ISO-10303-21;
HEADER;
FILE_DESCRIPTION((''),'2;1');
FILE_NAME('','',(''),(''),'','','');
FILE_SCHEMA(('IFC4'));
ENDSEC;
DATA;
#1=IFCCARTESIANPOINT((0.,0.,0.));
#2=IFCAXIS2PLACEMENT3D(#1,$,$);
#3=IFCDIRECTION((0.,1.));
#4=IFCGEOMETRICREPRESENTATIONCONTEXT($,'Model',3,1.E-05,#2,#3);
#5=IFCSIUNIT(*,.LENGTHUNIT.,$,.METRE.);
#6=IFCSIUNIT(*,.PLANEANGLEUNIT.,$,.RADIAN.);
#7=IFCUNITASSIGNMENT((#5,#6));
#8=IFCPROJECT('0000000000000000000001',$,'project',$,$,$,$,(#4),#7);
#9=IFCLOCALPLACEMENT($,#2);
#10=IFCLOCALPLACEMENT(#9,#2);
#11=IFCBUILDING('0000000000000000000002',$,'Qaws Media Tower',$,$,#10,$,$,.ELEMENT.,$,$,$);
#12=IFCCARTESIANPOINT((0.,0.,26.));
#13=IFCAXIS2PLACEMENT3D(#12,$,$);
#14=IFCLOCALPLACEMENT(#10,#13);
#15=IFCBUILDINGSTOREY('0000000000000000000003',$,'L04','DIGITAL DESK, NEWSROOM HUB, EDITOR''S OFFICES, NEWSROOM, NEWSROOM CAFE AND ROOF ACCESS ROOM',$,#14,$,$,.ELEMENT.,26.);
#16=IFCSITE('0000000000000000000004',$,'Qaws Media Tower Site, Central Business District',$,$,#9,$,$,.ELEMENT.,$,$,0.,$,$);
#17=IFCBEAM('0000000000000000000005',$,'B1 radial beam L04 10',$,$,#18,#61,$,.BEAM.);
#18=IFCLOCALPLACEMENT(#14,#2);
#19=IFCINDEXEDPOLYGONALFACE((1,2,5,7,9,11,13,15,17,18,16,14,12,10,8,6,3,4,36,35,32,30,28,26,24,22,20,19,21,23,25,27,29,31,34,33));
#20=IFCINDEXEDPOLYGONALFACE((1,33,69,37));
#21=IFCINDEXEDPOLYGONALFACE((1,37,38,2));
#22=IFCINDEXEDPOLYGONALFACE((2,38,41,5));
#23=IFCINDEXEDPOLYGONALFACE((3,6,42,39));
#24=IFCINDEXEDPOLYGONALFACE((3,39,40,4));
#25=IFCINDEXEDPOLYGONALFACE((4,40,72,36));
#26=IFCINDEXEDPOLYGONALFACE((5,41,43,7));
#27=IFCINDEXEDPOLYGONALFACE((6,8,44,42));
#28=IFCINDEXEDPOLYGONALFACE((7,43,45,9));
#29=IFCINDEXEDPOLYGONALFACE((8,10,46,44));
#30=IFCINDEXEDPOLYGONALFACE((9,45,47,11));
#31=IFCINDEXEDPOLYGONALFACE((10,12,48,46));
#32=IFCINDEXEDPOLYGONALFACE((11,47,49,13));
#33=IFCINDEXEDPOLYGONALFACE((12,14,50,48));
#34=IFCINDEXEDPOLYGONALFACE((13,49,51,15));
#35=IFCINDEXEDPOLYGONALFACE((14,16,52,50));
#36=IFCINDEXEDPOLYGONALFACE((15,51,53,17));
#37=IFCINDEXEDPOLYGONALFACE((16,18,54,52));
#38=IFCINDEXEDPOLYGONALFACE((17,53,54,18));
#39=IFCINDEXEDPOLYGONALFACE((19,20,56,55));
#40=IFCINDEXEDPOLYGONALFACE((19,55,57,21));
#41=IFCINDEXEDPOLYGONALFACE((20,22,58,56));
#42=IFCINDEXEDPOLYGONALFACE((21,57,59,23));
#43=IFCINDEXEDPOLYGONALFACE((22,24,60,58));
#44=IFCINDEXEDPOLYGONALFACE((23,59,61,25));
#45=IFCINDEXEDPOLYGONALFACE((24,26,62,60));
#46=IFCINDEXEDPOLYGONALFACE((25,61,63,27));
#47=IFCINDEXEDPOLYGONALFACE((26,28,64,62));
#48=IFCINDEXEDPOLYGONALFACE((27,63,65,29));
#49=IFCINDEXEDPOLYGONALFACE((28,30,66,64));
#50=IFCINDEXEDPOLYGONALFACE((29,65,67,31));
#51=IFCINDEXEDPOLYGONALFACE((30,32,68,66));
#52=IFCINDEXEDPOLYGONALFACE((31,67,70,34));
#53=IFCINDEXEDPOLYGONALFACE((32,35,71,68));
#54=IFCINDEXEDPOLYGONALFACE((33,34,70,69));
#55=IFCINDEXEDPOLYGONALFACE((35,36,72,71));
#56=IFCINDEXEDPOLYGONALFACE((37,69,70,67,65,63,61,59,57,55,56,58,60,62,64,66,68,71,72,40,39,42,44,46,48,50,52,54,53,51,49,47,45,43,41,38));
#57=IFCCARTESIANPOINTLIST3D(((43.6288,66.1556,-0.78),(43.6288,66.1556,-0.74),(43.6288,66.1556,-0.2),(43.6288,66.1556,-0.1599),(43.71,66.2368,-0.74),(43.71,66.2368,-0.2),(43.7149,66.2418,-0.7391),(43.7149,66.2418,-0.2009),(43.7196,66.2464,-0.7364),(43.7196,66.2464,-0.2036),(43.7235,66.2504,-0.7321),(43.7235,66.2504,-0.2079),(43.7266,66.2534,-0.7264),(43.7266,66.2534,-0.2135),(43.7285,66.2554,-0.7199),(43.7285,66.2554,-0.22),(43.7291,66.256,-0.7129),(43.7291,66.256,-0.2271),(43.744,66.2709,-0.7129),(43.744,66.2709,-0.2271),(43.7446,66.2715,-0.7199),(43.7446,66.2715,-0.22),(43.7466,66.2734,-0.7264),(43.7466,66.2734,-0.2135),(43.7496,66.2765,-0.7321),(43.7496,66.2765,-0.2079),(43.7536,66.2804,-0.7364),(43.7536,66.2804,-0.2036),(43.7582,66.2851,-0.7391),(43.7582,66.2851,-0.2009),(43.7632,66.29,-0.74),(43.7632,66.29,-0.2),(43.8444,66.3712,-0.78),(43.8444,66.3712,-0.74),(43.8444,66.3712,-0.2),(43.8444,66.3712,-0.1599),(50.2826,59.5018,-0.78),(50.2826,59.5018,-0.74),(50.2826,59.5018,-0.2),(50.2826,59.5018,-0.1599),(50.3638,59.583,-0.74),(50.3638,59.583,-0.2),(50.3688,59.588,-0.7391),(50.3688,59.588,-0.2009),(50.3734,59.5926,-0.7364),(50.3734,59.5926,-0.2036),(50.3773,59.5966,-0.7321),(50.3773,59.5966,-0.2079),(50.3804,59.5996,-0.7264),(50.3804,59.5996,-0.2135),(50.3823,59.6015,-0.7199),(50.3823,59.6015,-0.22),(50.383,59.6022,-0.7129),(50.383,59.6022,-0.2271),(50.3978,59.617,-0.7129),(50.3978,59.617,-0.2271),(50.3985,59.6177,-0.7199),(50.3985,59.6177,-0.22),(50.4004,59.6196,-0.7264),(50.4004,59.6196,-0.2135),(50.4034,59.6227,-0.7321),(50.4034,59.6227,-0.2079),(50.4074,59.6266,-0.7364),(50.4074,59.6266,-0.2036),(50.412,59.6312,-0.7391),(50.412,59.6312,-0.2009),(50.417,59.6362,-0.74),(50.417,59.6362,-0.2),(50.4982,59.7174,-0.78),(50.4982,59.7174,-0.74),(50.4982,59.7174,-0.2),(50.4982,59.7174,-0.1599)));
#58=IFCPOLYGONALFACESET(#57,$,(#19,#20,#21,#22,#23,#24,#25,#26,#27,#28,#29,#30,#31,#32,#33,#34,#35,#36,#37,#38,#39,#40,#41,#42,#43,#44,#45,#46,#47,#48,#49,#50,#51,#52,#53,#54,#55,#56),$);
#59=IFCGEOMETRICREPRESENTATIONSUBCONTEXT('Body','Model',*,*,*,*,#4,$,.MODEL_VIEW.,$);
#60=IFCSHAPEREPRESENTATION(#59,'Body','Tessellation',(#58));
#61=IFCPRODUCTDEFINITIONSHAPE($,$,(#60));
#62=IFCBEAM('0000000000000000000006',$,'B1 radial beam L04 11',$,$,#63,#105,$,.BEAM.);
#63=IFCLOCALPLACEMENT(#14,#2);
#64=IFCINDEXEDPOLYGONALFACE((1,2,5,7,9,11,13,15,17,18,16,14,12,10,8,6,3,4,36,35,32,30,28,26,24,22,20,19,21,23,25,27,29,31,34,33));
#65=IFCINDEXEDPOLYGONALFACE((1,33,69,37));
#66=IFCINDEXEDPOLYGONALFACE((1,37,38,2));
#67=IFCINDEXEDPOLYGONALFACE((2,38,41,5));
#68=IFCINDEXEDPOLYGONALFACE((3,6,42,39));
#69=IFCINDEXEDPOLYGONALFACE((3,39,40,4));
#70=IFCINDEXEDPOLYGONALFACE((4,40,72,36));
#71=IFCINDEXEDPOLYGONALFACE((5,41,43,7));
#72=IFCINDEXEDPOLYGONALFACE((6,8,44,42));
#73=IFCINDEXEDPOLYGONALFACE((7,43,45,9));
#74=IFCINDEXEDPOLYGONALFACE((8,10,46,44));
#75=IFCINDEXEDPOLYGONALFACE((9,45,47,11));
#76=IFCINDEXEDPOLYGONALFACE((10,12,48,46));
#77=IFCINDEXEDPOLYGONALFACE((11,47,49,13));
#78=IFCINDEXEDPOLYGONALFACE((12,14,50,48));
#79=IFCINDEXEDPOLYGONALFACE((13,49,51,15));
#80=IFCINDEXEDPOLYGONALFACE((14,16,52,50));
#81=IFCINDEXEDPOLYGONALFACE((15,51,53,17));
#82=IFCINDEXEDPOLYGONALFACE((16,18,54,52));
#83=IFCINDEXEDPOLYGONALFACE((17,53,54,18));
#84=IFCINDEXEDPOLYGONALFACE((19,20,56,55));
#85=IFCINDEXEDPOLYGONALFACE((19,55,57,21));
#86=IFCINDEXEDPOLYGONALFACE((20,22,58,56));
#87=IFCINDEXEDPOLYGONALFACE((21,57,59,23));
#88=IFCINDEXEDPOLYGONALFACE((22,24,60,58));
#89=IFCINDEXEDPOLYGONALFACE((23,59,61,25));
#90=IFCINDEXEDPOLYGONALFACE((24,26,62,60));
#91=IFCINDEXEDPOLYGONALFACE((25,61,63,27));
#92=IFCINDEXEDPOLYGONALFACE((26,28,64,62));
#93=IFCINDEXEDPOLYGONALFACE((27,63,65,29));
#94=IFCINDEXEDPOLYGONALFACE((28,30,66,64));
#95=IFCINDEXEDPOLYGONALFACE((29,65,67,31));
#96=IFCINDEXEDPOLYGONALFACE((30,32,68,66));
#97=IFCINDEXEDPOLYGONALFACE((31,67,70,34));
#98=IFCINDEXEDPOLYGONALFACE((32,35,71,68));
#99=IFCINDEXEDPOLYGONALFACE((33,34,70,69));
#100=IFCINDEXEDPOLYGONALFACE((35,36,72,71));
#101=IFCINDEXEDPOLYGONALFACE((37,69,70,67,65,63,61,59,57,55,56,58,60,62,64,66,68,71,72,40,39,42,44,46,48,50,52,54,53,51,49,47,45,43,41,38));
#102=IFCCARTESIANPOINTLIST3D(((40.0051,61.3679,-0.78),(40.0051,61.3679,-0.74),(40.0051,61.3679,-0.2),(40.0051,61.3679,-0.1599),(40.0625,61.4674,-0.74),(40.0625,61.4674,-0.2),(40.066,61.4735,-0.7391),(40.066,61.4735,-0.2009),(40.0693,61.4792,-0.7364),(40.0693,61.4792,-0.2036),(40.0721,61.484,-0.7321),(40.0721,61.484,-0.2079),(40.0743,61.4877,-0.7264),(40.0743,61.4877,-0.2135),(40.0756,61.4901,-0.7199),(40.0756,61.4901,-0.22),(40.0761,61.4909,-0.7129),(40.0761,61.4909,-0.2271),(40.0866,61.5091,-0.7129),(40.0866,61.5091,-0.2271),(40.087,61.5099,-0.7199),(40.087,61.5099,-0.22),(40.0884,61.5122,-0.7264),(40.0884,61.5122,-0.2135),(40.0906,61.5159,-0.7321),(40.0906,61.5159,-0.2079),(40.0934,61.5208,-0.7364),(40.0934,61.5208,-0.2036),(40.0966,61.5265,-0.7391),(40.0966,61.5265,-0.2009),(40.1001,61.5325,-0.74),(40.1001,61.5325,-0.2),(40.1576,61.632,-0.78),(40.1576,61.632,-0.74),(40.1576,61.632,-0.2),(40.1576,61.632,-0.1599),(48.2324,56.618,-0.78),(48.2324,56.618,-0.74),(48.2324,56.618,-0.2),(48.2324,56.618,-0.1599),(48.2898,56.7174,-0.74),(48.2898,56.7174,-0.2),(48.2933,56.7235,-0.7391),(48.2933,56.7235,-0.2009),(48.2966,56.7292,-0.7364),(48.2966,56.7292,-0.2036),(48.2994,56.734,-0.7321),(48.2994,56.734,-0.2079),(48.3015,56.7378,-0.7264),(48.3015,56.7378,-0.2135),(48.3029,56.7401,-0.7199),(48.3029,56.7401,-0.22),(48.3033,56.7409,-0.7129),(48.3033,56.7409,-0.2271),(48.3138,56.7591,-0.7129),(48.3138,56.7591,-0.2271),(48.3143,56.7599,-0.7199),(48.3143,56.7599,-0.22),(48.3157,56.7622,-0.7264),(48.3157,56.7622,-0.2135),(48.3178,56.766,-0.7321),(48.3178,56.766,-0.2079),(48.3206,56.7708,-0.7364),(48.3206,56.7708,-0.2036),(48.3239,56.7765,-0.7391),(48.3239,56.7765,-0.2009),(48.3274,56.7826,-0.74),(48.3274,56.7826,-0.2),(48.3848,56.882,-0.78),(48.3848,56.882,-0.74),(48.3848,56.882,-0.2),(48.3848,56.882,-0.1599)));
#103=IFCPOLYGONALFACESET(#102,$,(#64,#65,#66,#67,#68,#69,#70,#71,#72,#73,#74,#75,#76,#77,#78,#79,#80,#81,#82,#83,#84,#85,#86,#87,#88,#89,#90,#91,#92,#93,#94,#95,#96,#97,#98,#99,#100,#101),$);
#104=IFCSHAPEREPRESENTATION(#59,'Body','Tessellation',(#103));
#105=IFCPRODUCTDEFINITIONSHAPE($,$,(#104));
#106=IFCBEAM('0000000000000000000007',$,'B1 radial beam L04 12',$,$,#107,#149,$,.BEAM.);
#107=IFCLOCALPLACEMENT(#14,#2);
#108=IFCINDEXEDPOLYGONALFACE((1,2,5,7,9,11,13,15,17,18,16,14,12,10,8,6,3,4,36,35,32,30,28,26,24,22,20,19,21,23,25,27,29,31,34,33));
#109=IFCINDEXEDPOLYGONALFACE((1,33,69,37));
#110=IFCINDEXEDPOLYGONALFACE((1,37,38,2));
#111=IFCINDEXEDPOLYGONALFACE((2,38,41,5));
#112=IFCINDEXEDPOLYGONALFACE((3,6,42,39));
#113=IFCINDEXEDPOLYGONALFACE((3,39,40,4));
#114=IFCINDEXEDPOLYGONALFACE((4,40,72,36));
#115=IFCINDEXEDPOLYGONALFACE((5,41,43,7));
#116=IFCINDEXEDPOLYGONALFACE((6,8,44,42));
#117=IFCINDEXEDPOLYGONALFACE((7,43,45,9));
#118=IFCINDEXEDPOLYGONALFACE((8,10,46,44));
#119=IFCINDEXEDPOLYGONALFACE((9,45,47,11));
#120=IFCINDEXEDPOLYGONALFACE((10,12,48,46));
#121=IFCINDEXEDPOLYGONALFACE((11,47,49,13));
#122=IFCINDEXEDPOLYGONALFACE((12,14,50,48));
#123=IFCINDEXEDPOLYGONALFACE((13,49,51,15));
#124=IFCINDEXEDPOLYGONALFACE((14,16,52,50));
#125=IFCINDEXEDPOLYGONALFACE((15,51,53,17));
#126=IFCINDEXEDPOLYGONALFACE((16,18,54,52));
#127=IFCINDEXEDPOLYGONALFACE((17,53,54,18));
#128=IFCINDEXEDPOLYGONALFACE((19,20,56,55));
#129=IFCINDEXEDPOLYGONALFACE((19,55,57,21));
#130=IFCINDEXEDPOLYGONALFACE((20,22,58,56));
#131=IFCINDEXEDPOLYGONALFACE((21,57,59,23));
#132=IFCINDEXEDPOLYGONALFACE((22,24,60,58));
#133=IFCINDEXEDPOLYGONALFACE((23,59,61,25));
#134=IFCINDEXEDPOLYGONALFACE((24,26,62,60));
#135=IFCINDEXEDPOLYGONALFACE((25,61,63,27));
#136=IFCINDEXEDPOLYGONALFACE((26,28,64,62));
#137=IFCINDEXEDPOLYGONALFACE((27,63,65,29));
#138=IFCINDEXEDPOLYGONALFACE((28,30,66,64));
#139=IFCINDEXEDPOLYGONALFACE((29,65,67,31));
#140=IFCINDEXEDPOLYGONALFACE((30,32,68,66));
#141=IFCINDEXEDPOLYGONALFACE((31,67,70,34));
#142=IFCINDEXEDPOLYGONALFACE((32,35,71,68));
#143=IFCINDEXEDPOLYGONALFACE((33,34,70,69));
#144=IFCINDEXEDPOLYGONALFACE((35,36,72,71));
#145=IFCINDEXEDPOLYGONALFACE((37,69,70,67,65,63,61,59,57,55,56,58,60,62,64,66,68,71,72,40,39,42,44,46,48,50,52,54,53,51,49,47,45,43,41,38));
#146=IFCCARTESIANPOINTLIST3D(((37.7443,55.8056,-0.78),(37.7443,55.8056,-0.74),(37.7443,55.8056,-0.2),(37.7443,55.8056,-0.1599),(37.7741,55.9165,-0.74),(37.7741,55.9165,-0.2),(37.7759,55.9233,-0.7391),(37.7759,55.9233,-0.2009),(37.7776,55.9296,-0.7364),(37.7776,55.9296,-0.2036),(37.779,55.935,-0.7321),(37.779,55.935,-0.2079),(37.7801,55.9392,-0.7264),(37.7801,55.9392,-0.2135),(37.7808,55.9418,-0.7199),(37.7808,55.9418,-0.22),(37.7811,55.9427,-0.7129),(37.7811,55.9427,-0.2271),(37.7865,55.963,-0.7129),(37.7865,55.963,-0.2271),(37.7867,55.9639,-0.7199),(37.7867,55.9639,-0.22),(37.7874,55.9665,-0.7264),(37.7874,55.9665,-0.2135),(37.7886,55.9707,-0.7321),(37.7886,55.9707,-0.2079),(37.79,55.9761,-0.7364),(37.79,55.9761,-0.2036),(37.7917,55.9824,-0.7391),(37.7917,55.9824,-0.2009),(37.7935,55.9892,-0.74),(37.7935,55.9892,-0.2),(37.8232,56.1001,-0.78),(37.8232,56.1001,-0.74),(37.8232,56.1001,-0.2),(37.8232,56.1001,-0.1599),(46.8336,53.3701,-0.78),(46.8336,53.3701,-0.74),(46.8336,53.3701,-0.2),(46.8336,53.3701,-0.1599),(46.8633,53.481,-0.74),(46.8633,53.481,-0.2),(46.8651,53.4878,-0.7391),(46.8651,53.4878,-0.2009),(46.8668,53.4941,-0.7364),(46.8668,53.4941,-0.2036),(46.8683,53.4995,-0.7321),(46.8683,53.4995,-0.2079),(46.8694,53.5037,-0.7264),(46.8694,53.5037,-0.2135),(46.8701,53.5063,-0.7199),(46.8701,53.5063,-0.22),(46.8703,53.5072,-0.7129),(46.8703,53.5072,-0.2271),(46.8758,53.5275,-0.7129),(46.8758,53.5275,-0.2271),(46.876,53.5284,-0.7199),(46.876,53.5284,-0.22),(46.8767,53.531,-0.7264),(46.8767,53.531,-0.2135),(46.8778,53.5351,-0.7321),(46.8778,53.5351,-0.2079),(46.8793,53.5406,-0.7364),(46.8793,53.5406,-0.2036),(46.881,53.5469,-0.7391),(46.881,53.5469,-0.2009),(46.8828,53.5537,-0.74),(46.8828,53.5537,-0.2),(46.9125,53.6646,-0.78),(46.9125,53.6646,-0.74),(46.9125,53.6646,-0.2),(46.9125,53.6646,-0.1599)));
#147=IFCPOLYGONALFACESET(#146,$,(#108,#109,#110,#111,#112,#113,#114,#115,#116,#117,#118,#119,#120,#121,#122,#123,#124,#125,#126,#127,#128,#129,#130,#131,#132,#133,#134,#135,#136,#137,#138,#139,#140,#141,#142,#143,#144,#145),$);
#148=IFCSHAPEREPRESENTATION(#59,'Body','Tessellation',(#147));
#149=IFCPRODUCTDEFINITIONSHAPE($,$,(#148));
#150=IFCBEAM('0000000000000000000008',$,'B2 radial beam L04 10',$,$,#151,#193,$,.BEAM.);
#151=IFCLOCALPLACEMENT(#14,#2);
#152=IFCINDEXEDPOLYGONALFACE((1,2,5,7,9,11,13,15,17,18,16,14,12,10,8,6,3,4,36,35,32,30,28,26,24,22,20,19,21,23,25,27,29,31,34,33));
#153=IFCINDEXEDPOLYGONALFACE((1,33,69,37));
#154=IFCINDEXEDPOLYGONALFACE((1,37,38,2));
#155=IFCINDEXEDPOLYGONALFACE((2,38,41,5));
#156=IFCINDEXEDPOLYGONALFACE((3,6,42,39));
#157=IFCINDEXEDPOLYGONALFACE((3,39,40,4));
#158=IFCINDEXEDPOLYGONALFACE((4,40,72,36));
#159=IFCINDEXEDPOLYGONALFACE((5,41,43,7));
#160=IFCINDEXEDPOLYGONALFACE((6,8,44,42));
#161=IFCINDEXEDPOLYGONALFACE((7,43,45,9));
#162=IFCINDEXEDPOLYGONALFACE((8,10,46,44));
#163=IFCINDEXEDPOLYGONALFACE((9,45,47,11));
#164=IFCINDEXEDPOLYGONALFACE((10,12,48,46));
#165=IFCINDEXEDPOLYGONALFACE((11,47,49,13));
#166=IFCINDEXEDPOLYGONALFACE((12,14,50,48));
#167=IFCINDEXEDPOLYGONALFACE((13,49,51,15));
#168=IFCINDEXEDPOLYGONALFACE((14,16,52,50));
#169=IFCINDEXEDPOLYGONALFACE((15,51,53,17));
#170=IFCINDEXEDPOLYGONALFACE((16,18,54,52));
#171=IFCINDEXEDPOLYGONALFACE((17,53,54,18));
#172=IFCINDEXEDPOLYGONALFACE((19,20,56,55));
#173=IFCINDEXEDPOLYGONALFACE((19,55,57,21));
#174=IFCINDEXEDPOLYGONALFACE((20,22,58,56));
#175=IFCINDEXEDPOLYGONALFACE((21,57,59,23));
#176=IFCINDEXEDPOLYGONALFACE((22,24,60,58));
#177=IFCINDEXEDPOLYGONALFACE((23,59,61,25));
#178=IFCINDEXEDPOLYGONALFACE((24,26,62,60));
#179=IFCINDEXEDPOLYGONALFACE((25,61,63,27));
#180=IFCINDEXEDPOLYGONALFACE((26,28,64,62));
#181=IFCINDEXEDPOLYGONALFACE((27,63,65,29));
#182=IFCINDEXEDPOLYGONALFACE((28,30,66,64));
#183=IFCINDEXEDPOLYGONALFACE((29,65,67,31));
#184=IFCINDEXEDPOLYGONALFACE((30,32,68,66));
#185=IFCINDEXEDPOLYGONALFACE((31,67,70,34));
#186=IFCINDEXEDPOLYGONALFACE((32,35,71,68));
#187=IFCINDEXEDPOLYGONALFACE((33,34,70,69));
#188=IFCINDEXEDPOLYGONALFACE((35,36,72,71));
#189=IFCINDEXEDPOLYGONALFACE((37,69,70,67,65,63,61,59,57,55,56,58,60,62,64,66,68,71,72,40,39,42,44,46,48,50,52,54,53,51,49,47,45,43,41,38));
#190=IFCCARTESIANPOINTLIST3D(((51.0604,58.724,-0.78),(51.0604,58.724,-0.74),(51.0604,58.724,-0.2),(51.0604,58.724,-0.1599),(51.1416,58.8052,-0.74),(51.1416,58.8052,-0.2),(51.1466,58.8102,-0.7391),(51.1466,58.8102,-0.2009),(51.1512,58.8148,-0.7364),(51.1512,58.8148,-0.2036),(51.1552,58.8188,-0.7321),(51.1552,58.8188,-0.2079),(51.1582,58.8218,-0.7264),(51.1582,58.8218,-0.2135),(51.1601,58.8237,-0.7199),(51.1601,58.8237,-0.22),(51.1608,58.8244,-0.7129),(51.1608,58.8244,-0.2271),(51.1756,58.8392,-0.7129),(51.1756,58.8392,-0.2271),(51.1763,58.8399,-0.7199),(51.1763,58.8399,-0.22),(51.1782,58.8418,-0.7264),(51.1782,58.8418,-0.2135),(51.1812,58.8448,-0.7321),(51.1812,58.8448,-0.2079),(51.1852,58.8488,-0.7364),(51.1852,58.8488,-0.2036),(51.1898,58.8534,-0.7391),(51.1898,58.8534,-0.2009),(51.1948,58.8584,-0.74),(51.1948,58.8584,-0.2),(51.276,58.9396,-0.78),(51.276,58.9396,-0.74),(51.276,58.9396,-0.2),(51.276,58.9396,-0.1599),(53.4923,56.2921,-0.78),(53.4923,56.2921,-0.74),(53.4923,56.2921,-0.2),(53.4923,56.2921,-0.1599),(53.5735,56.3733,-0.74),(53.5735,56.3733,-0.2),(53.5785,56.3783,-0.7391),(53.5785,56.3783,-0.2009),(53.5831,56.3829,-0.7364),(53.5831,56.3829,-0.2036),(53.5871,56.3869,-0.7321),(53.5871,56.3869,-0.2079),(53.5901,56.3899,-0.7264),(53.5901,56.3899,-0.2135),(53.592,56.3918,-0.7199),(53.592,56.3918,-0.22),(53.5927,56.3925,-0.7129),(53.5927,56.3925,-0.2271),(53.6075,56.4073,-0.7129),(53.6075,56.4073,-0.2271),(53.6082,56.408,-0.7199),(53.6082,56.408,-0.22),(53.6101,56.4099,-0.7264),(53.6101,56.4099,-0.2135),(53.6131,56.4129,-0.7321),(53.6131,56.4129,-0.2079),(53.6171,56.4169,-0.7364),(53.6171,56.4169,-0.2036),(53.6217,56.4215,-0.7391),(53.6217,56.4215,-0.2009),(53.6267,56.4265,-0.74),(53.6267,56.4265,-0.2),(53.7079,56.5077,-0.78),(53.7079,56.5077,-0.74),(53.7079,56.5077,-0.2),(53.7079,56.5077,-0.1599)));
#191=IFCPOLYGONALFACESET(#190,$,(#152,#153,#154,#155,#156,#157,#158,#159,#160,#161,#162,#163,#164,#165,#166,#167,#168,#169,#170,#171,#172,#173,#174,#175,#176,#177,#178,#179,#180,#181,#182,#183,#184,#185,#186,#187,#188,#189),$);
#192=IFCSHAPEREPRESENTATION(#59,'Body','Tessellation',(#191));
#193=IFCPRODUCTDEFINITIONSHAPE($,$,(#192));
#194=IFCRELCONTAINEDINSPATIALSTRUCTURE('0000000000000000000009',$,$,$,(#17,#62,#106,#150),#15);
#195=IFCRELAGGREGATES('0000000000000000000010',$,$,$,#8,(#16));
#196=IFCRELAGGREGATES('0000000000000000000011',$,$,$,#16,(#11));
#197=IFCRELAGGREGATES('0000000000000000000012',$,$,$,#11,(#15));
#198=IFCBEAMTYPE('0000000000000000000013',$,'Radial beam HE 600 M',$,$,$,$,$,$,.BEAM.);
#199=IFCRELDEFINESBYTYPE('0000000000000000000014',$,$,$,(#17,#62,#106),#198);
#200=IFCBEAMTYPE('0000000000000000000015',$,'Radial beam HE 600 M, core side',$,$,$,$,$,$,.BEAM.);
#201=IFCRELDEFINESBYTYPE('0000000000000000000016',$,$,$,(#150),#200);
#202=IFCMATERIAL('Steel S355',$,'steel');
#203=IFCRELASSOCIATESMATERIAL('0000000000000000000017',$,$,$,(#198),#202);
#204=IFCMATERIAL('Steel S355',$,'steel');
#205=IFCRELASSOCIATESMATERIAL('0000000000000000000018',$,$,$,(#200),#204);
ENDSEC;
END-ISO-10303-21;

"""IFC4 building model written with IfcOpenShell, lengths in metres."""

from ifc_helpers import new_model, si_unit, direction, frame, origin, origin_2d, place, context, subcontext, project, spatial, i_section, extrude, material, material_profile, profile_set, type_object, element, save


model = new_model("IFC4")

# Units and contexts
model_context = context("Model", 3, precision=1e-05, world=origin(), true_north=direction((0.0, 1.0)))
body_context = subcontext(model_context, "Body", "Model", "MODEL_VIEW")
ifc_project = project(units=[si_unit("LENGTHUNIT", "METRE"), si_unit("PLANEANGLEUNIT", "RADIAN")], contexts=[model_context])

# Site, building, storey
site_placement = place(None, origin())
site = spatial("IfcSite", under=ifc_project, at=site_placement, Name="Qaws Media Tower Site, Central Business District", CompositionType="ELEMENT", RefElevation=0.0)
building_placement = place(site_placement, origin())
building = spatial("IfcBuilding", under=site, at=building_placement, Name="Qaws Media Tower", CompositionType="ELEMENT")
storey_placement = place(building_placement, frame((0.0, 0.0, 26.0)))
storey = spatial("IfcBuildingStorey", under=building, at=storey_placement, Name="L04", Description="DIGITAL DESK, NEWSROOM HUB, EDITOR'S OFFICES, NEWSROOM, NEWSROOM CAFE AND ROOF ACCESS ROOM", CompositionType="ELEMENT", Elevation=26.0)

# Beams
ifc_material_1 = material(Name="Steel S355", Category="steel")
ifc_material_profile_1 = material_profile(ifc_material_1, i_section(OverallWidth=0.3049, OverallDepth=0.6201, WebThickness=0.021, FlangeThickness=0.04, FilletRadius=0.0271, at=origin_2d()), Name="HE 600 M")
ifc_profile_set_1 = profile_set([ifc_material_profile_1], Name="Steel S355")
beam_type_1 = type_object("IfcBeamType", Name="Radial beam HE 600 M", PredefinedType="BEAM", material=ifc_profile_set_1)
beam_1_placement = place(storey_placement, frame((50.3904, 59.6096, -0.47), z_axis=(-0.707107, 0.707107, 0.0), x_axis=(-0.707107, -0.707107, 0.0)))
element("IfcBeam", 1, at=beam_1_placement, inside=storey, type_object=beam_type_1, Name="B1 radial beam L04 10", PredefinedType="BEAM", context=body_context, shape_type="SweptSolid", body=[
    extrude(i_section(OverallWidth=0.3049, OverallDepth=0.6201, WebThickness=0.021, FlangeThickness=0.04, FilletRadius=0.0271, at=origin_2d()), origin(), (0.0, 0.0, 1.0), 9.4099),
])
beam_2_placement = place(storey_placement, frame((48.3086, 56.75, -0.47), z_axis=(-0.866027, 0.499998, 0.0), x_axis=(-0.499998, -0.866027, 0.0)))
element("IfcBeam", 2, at=beam_2_placement, inside=storey, type_object=beam_type_1, Name="B1 radial beam L04 11", PredefinedType="BEAM", context=body_context, shape_type="SweptSolid", body=[
    extrude(i_section(OverallWidth=0.3049, OverallDepth=0.6201, WebThickness=0.021, FlangeThickness=0.04, FilletRadius=0.0271, at=origin_2d()), origin(), (0.0, 0.0, 1.0), 9.5),
])
beam_3_placement = place(storey_placement, frame((46.873, 53.5173, -0.47), z_axis=(-0.965924, 0.258825, 0.0), x_axis=(-0.258825, -0.965924, 0.0)))
element("IfcBeam", 3, at=beam_3_placement, inside=storey, type_object=beam_type_1, Name="B1 radial beam L04 12", PredefinedType="BEAM", context=body_context, shape_type="SweptSolid", body=[
    extrude(i_section(OverallWidth=0.3049, OverallDepth=0.6201, WebThickness=0.021, FlangeThickness=0.04, FilletRadius=0.0271, at=origin_2d()), origin(), (0.0, 0.0, 1.0), 9.4099),
])
ifc_material_2 = material(Name="Steel S355", Category="steel")
ifc_material_profile_2 = material_profile(ifc_material_2, i_section(OverallWidth=0.3049, OverallDepth=0.6201, WebThickness=0.021, FlangeThickness=0.04, FilletRadius=0.0271, at=origin_2d()), Name="HE 600 M")
ifc_profile_set_2 = profile_set([ifc_material_profile_2], Name="Steel S355")
beam_type_2 = type_object("IfcBeamType", Name="Radial beam HE 600 M, core side", PredefinedType="BEAM", material=ifc_profile_set_2)
beam_4_placement = place(storey_placement, frame((53.6001, 56.3999, -0.47), z_axis=(-0.707107, 0.707107, 0.0), x_axis=(-0.707107, -0.707107, 0.0)))
element("IfcBeam", 4, at=beam_4_placement, inside=storey, type_object=beam_type_2, Name="B2 radial beam L04 10", PredefinedType="BEAM", context=body_context, shape_type="SweptSolid", body=[
    extrude(i_section(OverallWidth=0.3049, OverallDepth=0.6201, WebThickness=0.021, FlangeThickness=0.04, FilletRadius=0.0271, at=origin_2d()), origin(), (0.0, 0.0, 1.0), 3.4392),
])

save(model, "model.ifc")
